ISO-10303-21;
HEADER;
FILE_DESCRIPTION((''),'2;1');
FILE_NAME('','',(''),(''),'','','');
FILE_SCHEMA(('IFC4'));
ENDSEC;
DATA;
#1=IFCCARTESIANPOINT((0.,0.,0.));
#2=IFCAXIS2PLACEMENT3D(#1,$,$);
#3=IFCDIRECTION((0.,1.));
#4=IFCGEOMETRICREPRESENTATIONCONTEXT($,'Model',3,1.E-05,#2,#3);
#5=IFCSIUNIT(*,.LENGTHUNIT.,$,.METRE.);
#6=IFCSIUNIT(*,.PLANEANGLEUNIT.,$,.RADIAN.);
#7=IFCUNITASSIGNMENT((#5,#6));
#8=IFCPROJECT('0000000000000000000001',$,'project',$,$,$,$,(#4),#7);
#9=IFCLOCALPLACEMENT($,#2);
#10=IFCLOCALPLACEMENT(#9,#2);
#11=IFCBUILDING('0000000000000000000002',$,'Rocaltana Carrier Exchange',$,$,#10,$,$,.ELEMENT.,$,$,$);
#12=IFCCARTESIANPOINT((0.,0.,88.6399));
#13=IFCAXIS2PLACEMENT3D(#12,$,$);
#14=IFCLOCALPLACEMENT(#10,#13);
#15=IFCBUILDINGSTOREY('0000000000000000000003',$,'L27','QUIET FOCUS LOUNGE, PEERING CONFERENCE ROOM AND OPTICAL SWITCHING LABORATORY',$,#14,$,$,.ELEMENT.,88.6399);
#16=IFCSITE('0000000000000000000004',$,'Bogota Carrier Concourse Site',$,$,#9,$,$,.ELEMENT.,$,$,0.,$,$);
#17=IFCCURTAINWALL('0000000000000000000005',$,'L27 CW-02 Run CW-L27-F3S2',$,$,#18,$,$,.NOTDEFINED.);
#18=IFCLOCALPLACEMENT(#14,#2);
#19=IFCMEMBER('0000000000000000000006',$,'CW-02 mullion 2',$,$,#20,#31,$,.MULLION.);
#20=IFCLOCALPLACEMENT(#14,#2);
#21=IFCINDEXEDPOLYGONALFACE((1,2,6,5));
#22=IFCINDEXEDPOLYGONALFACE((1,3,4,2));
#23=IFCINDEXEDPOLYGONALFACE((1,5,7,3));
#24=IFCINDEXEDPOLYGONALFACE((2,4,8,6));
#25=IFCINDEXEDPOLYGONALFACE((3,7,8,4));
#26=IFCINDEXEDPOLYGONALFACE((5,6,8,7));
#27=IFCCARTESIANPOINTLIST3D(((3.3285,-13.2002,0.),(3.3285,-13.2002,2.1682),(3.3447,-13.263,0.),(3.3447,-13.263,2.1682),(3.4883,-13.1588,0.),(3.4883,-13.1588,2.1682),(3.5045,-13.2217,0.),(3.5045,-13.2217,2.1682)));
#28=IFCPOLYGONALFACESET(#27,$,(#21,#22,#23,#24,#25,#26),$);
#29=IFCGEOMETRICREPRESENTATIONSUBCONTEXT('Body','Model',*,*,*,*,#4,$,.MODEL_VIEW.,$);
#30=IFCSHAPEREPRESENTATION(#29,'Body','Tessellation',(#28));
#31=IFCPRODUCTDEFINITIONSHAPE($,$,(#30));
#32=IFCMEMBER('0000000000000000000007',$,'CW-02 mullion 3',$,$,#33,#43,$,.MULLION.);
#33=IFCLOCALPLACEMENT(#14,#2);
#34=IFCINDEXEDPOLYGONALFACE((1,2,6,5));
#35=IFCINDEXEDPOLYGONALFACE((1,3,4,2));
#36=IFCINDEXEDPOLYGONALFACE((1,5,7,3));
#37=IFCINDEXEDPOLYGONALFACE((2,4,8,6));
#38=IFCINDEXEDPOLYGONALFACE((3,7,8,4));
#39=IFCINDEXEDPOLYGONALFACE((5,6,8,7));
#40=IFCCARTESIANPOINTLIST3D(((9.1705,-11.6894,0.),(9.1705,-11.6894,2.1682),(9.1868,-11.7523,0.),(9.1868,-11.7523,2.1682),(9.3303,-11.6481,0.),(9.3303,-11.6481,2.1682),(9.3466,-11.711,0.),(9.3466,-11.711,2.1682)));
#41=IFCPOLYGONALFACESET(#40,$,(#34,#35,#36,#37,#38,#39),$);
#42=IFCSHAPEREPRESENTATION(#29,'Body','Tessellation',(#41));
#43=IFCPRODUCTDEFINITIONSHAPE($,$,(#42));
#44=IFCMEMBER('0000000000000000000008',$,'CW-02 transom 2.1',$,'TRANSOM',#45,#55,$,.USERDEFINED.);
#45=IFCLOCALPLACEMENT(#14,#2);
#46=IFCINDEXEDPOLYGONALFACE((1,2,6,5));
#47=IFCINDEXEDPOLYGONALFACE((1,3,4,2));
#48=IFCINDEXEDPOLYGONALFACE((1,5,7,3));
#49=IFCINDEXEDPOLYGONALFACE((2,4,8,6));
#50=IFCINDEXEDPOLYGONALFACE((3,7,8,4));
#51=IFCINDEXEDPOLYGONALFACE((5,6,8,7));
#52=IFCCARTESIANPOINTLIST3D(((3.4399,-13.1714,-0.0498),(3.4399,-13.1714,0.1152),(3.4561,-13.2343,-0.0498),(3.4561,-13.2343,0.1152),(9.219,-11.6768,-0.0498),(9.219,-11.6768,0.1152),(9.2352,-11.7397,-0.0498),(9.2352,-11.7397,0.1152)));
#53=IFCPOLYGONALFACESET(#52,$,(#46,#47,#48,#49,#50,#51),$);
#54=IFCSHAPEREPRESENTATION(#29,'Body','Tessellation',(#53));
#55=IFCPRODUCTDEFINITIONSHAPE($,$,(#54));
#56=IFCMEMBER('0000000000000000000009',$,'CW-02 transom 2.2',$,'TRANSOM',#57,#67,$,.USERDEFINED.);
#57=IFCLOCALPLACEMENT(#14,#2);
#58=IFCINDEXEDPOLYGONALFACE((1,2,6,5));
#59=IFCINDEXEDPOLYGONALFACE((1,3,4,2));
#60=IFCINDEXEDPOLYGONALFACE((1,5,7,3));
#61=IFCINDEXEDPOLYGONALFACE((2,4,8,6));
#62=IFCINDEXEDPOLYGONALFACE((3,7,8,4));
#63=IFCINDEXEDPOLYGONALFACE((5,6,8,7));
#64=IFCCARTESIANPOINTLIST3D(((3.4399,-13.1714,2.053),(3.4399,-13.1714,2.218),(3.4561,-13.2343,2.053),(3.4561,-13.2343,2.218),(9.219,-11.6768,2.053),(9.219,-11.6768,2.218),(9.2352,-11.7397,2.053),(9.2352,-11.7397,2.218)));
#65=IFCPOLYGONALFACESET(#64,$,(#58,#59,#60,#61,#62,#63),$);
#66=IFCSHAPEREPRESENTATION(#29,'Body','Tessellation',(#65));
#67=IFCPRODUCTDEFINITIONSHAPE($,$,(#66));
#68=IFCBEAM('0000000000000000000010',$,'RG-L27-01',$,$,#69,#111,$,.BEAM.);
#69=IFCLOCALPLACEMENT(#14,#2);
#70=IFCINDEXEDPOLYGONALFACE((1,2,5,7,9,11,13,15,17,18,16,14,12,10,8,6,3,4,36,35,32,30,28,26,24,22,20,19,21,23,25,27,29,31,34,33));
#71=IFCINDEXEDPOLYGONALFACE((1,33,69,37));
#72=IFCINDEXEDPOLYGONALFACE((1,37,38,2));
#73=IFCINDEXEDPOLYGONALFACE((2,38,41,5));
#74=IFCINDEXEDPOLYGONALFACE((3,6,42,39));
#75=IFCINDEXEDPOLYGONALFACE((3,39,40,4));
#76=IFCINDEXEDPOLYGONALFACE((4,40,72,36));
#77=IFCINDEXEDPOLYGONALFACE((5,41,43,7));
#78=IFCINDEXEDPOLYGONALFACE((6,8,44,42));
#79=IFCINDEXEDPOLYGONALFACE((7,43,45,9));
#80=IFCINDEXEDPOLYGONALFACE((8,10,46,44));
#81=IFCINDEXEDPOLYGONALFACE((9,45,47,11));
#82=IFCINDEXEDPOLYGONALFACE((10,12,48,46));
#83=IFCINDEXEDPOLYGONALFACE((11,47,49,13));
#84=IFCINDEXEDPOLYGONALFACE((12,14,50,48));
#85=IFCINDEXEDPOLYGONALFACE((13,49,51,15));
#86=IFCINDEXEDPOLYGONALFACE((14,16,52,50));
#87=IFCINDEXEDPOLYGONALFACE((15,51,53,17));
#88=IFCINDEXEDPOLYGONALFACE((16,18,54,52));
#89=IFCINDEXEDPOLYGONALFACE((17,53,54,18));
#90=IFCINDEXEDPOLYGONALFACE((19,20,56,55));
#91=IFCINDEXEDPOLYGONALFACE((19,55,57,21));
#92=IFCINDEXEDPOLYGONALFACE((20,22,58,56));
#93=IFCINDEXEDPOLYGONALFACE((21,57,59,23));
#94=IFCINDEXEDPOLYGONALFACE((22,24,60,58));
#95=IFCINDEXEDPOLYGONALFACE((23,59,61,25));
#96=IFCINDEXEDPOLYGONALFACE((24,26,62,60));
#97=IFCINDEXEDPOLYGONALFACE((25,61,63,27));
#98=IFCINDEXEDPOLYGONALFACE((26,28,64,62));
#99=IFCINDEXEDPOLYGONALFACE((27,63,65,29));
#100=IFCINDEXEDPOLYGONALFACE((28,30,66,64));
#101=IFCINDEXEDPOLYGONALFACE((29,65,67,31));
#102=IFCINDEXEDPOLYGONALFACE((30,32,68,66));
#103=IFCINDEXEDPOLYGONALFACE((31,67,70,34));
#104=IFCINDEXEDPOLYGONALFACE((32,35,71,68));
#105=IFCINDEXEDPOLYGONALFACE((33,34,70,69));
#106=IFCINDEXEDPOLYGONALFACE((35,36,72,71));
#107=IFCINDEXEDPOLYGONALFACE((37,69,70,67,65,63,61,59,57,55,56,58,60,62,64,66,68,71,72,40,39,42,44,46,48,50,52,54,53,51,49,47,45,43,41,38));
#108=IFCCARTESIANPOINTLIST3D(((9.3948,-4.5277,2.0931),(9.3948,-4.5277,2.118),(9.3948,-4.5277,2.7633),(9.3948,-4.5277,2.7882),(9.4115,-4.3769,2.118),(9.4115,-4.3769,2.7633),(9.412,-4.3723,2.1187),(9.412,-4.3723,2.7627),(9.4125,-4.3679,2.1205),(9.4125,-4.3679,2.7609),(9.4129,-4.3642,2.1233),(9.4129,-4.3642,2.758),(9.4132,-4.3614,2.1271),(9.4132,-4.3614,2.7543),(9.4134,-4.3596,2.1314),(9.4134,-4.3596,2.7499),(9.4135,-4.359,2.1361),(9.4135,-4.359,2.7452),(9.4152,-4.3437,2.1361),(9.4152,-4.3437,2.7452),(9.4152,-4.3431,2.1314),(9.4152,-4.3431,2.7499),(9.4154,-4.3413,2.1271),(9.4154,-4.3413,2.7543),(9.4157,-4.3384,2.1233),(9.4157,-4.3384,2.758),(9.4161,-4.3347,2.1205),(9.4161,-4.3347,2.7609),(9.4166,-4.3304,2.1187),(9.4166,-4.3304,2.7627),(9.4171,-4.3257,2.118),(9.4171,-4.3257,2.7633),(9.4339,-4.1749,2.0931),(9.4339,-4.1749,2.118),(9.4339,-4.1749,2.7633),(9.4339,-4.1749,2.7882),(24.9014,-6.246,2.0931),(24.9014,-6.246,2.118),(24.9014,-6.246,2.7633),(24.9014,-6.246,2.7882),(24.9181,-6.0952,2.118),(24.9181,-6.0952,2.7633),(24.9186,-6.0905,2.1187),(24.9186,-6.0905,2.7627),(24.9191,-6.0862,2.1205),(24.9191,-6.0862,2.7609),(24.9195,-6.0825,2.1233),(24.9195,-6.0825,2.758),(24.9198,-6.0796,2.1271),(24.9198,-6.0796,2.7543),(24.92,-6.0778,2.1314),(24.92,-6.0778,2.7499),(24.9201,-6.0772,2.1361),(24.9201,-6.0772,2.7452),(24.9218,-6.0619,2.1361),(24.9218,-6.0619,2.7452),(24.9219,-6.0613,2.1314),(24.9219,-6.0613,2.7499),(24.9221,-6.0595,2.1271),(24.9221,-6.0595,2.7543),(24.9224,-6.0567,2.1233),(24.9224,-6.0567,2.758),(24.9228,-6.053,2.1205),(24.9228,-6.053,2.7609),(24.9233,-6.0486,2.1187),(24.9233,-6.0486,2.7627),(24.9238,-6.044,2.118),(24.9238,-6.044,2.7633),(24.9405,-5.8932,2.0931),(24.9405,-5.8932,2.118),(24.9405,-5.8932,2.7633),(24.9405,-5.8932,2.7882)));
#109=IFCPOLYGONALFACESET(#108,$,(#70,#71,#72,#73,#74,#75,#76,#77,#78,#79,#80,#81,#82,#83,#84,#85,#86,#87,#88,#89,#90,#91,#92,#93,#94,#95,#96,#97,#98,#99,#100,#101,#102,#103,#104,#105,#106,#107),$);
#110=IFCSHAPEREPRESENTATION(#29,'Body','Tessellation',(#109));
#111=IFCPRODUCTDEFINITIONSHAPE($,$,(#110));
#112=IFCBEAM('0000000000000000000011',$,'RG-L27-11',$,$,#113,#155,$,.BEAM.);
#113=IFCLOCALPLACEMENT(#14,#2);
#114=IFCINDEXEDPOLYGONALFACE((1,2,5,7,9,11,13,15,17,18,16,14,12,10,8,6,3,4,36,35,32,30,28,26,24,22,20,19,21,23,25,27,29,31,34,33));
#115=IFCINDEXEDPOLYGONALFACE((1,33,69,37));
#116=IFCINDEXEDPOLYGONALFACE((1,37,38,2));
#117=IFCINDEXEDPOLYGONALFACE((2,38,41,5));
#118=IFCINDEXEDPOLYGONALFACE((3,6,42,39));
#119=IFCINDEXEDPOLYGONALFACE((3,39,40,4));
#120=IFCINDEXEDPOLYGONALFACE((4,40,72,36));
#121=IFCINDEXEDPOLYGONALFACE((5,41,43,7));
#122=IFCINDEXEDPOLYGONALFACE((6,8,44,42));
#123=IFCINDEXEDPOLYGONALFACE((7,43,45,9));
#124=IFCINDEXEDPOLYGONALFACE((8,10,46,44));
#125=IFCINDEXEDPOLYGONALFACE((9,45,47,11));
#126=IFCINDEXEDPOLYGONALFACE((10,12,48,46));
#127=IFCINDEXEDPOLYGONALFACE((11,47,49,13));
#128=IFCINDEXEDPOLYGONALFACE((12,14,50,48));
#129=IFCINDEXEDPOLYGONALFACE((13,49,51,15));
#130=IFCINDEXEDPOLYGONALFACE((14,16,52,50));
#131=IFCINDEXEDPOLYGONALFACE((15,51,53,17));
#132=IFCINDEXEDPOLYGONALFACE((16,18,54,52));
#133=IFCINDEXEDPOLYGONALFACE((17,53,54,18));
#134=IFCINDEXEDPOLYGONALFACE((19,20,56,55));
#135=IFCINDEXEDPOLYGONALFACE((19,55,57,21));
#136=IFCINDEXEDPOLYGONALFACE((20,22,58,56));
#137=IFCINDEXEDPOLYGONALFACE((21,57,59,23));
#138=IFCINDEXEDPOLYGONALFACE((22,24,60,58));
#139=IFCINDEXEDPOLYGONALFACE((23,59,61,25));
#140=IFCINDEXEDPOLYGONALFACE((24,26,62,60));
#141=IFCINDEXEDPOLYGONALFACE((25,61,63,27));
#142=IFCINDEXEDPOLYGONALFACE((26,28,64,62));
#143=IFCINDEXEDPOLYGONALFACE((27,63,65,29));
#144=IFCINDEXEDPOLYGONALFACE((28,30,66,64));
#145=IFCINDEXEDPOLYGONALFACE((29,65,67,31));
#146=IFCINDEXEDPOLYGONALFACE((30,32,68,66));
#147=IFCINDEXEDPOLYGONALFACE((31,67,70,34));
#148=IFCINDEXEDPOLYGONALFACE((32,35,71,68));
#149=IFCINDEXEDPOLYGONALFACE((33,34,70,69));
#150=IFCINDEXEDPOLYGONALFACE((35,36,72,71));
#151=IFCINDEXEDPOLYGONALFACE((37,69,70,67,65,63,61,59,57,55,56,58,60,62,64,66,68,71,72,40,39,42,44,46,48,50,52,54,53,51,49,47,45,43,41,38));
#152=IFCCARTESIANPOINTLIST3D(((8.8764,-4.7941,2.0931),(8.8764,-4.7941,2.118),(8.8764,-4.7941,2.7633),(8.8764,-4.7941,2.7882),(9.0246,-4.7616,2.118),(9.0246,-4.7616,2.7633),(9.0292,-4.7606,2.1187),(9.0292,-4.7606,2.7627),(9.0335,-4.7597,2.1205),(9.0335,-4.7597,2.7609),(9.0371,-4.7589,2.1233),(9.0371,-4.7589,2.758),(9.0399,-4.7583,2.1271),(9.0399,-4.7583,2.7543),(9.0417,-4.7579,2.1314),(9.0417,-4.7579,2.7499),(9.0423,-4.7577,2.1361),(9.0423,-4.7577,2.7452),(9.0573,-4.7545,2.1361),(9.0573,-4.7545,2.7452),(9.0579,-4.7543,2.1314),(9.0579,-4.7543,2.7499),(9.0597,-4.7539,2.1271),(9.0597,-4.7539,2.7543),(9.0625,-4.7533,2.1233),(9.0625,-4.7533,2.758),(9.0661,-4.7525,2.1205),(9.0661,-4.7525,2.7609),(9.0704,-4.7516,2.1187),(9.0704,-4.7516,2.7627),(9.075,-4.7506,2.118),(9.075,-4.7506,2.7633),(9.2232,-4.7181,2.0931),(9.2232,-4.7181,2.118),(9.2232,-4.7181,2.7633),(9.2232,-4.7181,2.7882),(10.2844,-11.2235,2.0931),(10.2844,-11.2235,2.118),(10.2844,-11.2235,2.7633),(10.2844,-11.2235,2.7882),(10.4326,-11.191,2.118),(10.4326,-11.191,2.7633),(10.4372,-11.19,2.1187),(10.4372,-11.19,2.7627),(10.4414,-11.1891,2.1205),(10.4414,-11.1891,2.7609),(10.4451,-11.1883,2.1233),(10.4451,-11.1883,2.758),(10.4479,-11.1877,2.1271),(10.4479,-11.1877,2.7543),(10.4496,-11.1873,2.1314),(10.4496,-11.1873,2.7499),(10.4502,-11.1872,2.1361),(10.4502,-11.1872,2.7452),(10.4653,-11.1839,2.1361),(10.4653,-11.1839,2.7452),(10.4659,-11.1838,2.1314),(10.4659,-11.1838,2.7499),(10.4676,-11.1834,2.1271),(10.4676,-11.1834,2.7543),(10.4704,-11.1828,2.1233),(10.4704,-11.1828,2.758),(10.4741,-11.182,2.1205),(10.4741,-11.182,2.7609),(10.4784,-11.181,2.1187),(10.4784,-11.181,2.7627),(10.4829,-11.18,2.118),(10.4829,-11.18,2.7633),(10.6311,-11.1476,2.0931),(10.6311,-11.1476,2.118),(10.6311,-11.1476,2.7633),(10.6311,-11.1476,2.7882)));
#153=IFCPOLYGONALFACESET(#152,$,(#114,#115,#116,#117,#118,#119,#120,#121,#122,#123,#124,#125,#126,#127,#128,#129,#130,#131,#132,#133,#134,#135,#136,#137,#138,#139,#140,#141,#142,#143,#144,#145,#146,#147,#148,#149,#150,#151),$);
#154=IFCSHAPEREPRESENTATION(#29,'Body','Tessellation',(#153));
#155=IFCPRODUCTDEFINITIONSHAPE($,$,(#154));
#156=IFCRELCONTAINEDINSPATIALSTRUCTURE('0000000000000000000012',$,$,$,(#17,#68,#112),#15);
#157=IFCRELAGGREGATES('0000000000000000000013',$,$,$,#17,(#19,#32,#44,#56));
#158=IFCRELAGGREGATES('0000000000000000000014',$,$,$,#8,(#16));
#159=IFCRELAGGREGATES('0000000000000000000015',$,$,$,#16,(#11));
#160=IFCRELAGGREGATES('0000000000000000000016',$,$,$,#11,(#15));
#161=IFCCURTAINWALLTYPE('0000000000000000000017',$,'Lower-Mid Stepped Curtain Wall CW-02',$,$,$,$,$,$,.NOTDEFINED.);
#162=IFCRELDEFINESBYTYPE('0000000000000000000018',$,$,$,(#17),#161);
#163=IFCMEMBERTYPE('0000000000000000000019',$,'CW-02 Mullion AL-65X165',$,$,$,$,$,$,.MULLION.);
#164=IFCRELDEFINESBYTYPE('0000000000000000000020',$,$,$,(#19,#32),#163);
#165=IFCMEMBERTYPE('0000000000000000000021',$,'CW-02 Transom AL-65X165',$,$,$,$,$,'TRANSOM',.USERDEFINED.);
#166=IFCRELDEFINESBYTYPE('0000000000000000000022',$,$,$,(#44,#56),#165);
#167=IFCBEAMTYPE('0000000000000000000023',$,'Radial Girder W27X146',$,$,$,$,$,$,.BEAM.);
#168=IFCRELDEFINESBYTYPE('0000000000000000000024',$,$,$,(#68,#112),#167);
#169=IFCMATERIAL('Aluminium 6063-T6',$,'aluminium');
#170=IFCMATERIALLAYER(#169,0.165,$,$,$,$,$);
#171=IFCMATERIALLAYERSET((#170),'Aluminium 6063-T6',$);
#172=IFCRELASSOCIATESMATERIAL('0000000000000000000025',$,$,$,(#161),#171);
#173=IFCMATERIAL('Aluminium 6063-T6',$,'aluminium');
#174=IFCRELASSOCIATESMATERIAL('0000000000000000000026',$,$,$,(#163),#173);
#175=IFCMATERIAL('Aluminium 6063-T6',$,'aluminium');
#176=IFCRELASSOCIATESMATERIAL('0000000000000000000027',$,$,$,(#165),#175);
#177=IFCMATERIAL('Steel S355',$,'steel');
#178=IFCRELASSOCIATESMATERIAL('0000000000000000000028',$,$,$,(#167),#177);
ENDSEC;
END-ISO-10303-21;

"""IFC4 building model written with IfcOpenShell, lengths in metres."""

from ifc_helpers import new_model, si_unit, direction, frame, origin, origin_2d, place, context, subcontext, project, spatial, rectangle, i_section, extrude, material, layer, layer_set, material_profile, profile_set, type_object, element, aggregate, save


model = new_model("IFC4")

# Units and contexts
model_context = context("Model", 3, precision=1e-05, world=origin(), true_north=direction((0.0, 1.0)))
body_context = subcontext(model_context, "Body", "Model", "MODEL_VIEW")
ifc_project = project(units=[si_unit("LENGTHUNIT", "METRE"), si_unit("PLANEANGLEUNIT", "RADIAN")], contexts=[model_context])

# Site, building, storey
site_placement = place(None, origin())
site = spatial("IfcSite", under=ifc_project, at=site_placement, Name="Bogota Carrier Concourse Site", CompositionType="ELEMENT", RefElevation=0.0)
building_placement = place(site_placement, origin())
building = spatial("IfcBuilding", under=site, at=building_placement, Name="Rocaltana Carrier Exchange", CompositionType="ELEMENT")
storey_placement = place(building_placement, frame((0.0, 0.0, 88.6399)))
storey = spatial("IfcBuildingStorey", under=building, at=storey_placement, Name="L27", Description="QUIET FOCUS LOUNGE, PEERING CONFERENCE ROOM AND OPTICAL SWITCHING LABORATORY", CompositionType="ELEMENT", Elevation=88.6399)

# Curtain wall, members
ifc_material_1 = material(Name="Aluminium 6063-T6", Category="aluminium")
ifc_layer_1 = layer(ifc_material_1, 0.165)
ifc_layer_set_1 = layer_set([ifc_layer_1], Name="Aluminium 6063-T6")
curtain_wall_type = type_object("IfcCurtainWallType", Name="Lower-Mid Stepped Curtain Wall CW-02", PredefinedType="NOTDEFINED", material=ifc_layer_set_1)
curtain_wall_placement = place(storey_placement, origin())
curtain_wall = element("IfcCurtainWall", 1, at=curtain_wall_placement, inside=storey, type_object=curtain_wall_type, Name="L27 CW-02 Run CW-L27-F3S2", PredefinedType="NOTDEFINED")
ifc_material_2 = material(Name="Aluminium 6063-T6", Category="aluminium")
ifc_material_profile_1 = material_profile(ifc_material_2, rectangle(XDim=0.0649, YDim=0.165, at=origin_2d()), Name="AL-65X165")
ifc_profile_set_1 = profile_set([ifc_material_profile_1], Name="Aluminium 6063-T6")
member_type_1 = type_object("IfcMemberType", Name="CW-02 Mullion AL-65X165", PredefinedType="MULLION", material=ifc_profile_set_1)
member_1_placement = place(storey_placement, frame((3.4165, -13.2109, 0.0), z_axis=(0.0, 0.0, 1.0), x_axis=(-0.250378, 0.968148, 0.0)))
member_1 = element("IfcMember", 2, at=member_1_placement, type_object=member_type_1, Name="CW-02 mullion 2", PredefinedType="MULLION", context=body_context, shape_type="SweptSolid", body=[
    extrude(rectangle(XDim=0.0649, YDim=0.165, at=origin_2d()), origin(), (0.0, 0.0, 1.0), 2.1682),
])
member_2_placement = place(storey_placement, frame((9.2585, -11.7002, 0.0), z_axis=(0.0, 0.0, 1.0), x_axis=(-0.250378, 0.968148, 0.0)))
member_2 = element("IfcMember", 3, at=member_2_placement, type_object=member_type_1, Name="CW-02 mullion 3", PredefinedType="MULLION", context=body_context, shape_type="SweptSolid", body=[
    extrude(rectangle(XDim=0.0649, YDim=0.165, at=origin_2d()), origin(), (0.0, 0.0, 1.0), 2.1682),
])
ifc_material_3 = material(Name="Aluminium 6063-T6", Category="aluminium")
ifc_material_profile_2 = material_profile(ifc_material_3, rectangle(XDim=0.0649, YDim=0.165, at=origin_2d()), Name="AL-65X165")
ifc_profile_set_2 = profile_set([ifc_material_profile_2], Name="Aluminium 6063-T6")
member_type_2 = type_object("IfcMemberType", Name="CW-02 Transom AL-65X165", ElementType="TRANSOM", PredefinedType="USERDEFINED", material=ifc_profile_set_2)
member_3_placement = place(storey_placement, frame((3.448, -13.2029, 0.0327), z_axis=(0.968145, 0.25039, 0.0), x_axis=(-0.25039, 0.968145, 0.0)))
member_3 = element("IfcMember", 4, at=member_3_placement, type_object=member_type_2, Name="CW-02 transom 2.1", ObjectType="TRANSOM", PredefinedType="USERDEFINED", context=body_context, shape_type="SweptSolid", body=[
    extrude(rectangle(XDim=0.0649, YDim=0.165, at=origin_2d()), origin(), (0.0, 0.0, 1.0), 5.9692),
])
member_4_placement = place(storey_placement, frame((3.448, -13.2029, 2.1355), z_axis=(0.968145, 0.25039, 0.0), x_axis=(-0.25039, 0.968145, 0.0)))
member_4 = element("IfcMember", 5, at=member_4_placement, type_object=member_type_2, Name="CW-02 transom 2.2", ObjectType="TRANSOM", PredefinedType="USERDEFINED", context=body_context, shape_type="SweptSolid", body=[
    extrude(rectangle(XDim=0.0649, YDim=0.165, at=origin_2d()), origin(), (0.0, 0.0, 1.0), 5.9692),
])

# Beams
ifc_material_4 = material(Name="Steel S355", Category="steel")
ifc_material_profile_3 = material_profile(ifc_material_4, i_section(OverallWidth=0.355, OverallDepth=0.6951, WebThickness=0.0154, FlangeThickness=0.0249, FilletRadius=0.0181, at=origin_2d()), Name="W27X146")
ifc_profile_set_3 = profile_set([ifc_material_profile_3], Name="Steel S355")
beam_type = type_object("IfcBeamType", Name="Radial Girder W27X146", PredefinedType="BEAM", material=ifc_profile_set_3)
beam_1_placement = place(storey_placement, frame((9.4143, -4.3513, 2.4407), z_axis=(0.993917, -0.110134, 0.0), x_axis=(0.110134, 0.993917, 0.0)))
element("IfcBeam", 6, at=beam_1_placement, inside=storey, type_object=beam_type, Name="RG-L27-01", PredefinedType="BEAM", context=body_context, shape_type="SweptSolid", body=[
    extrude(i_section(OverallWidth=0.355, OverallDepth=0.6951, WebThickness=0.0154, FlangeThickness=0.0249, FilletRadius=0.0181, at=origin_2d()), origin(), (0.0, 0.0, 1.0), 15.6016),
])
beam_2_placement = place(storey_placement, frame((9.0498, -4.7561, 2.4407), z_axis=(0.213917, -0.976852, 0.0), x_axis=(0.976852, 0.213917, 0.0)))
element("IfcBeam", 7, at=beam_2_placement, inside=storey, type_object=beam_type, Name="RG-L27-11", PredefinedType="BEAM", context=body_context, shape_type="SweptSolid", body=[
    extrude(i_section(OverallWidth=0.355, OverallDepth=0.6951, WebThickness=0.0154, FlangeThickness=0.0249, FilletRadius=0.0181, at=origin_2d()), origin(), (0.0, 0.0, 1.0), 6.5818),
])

aggregate(curtain_wall, [member_1, member_2, member_3, member_4])

save(model, "model.ifc")
